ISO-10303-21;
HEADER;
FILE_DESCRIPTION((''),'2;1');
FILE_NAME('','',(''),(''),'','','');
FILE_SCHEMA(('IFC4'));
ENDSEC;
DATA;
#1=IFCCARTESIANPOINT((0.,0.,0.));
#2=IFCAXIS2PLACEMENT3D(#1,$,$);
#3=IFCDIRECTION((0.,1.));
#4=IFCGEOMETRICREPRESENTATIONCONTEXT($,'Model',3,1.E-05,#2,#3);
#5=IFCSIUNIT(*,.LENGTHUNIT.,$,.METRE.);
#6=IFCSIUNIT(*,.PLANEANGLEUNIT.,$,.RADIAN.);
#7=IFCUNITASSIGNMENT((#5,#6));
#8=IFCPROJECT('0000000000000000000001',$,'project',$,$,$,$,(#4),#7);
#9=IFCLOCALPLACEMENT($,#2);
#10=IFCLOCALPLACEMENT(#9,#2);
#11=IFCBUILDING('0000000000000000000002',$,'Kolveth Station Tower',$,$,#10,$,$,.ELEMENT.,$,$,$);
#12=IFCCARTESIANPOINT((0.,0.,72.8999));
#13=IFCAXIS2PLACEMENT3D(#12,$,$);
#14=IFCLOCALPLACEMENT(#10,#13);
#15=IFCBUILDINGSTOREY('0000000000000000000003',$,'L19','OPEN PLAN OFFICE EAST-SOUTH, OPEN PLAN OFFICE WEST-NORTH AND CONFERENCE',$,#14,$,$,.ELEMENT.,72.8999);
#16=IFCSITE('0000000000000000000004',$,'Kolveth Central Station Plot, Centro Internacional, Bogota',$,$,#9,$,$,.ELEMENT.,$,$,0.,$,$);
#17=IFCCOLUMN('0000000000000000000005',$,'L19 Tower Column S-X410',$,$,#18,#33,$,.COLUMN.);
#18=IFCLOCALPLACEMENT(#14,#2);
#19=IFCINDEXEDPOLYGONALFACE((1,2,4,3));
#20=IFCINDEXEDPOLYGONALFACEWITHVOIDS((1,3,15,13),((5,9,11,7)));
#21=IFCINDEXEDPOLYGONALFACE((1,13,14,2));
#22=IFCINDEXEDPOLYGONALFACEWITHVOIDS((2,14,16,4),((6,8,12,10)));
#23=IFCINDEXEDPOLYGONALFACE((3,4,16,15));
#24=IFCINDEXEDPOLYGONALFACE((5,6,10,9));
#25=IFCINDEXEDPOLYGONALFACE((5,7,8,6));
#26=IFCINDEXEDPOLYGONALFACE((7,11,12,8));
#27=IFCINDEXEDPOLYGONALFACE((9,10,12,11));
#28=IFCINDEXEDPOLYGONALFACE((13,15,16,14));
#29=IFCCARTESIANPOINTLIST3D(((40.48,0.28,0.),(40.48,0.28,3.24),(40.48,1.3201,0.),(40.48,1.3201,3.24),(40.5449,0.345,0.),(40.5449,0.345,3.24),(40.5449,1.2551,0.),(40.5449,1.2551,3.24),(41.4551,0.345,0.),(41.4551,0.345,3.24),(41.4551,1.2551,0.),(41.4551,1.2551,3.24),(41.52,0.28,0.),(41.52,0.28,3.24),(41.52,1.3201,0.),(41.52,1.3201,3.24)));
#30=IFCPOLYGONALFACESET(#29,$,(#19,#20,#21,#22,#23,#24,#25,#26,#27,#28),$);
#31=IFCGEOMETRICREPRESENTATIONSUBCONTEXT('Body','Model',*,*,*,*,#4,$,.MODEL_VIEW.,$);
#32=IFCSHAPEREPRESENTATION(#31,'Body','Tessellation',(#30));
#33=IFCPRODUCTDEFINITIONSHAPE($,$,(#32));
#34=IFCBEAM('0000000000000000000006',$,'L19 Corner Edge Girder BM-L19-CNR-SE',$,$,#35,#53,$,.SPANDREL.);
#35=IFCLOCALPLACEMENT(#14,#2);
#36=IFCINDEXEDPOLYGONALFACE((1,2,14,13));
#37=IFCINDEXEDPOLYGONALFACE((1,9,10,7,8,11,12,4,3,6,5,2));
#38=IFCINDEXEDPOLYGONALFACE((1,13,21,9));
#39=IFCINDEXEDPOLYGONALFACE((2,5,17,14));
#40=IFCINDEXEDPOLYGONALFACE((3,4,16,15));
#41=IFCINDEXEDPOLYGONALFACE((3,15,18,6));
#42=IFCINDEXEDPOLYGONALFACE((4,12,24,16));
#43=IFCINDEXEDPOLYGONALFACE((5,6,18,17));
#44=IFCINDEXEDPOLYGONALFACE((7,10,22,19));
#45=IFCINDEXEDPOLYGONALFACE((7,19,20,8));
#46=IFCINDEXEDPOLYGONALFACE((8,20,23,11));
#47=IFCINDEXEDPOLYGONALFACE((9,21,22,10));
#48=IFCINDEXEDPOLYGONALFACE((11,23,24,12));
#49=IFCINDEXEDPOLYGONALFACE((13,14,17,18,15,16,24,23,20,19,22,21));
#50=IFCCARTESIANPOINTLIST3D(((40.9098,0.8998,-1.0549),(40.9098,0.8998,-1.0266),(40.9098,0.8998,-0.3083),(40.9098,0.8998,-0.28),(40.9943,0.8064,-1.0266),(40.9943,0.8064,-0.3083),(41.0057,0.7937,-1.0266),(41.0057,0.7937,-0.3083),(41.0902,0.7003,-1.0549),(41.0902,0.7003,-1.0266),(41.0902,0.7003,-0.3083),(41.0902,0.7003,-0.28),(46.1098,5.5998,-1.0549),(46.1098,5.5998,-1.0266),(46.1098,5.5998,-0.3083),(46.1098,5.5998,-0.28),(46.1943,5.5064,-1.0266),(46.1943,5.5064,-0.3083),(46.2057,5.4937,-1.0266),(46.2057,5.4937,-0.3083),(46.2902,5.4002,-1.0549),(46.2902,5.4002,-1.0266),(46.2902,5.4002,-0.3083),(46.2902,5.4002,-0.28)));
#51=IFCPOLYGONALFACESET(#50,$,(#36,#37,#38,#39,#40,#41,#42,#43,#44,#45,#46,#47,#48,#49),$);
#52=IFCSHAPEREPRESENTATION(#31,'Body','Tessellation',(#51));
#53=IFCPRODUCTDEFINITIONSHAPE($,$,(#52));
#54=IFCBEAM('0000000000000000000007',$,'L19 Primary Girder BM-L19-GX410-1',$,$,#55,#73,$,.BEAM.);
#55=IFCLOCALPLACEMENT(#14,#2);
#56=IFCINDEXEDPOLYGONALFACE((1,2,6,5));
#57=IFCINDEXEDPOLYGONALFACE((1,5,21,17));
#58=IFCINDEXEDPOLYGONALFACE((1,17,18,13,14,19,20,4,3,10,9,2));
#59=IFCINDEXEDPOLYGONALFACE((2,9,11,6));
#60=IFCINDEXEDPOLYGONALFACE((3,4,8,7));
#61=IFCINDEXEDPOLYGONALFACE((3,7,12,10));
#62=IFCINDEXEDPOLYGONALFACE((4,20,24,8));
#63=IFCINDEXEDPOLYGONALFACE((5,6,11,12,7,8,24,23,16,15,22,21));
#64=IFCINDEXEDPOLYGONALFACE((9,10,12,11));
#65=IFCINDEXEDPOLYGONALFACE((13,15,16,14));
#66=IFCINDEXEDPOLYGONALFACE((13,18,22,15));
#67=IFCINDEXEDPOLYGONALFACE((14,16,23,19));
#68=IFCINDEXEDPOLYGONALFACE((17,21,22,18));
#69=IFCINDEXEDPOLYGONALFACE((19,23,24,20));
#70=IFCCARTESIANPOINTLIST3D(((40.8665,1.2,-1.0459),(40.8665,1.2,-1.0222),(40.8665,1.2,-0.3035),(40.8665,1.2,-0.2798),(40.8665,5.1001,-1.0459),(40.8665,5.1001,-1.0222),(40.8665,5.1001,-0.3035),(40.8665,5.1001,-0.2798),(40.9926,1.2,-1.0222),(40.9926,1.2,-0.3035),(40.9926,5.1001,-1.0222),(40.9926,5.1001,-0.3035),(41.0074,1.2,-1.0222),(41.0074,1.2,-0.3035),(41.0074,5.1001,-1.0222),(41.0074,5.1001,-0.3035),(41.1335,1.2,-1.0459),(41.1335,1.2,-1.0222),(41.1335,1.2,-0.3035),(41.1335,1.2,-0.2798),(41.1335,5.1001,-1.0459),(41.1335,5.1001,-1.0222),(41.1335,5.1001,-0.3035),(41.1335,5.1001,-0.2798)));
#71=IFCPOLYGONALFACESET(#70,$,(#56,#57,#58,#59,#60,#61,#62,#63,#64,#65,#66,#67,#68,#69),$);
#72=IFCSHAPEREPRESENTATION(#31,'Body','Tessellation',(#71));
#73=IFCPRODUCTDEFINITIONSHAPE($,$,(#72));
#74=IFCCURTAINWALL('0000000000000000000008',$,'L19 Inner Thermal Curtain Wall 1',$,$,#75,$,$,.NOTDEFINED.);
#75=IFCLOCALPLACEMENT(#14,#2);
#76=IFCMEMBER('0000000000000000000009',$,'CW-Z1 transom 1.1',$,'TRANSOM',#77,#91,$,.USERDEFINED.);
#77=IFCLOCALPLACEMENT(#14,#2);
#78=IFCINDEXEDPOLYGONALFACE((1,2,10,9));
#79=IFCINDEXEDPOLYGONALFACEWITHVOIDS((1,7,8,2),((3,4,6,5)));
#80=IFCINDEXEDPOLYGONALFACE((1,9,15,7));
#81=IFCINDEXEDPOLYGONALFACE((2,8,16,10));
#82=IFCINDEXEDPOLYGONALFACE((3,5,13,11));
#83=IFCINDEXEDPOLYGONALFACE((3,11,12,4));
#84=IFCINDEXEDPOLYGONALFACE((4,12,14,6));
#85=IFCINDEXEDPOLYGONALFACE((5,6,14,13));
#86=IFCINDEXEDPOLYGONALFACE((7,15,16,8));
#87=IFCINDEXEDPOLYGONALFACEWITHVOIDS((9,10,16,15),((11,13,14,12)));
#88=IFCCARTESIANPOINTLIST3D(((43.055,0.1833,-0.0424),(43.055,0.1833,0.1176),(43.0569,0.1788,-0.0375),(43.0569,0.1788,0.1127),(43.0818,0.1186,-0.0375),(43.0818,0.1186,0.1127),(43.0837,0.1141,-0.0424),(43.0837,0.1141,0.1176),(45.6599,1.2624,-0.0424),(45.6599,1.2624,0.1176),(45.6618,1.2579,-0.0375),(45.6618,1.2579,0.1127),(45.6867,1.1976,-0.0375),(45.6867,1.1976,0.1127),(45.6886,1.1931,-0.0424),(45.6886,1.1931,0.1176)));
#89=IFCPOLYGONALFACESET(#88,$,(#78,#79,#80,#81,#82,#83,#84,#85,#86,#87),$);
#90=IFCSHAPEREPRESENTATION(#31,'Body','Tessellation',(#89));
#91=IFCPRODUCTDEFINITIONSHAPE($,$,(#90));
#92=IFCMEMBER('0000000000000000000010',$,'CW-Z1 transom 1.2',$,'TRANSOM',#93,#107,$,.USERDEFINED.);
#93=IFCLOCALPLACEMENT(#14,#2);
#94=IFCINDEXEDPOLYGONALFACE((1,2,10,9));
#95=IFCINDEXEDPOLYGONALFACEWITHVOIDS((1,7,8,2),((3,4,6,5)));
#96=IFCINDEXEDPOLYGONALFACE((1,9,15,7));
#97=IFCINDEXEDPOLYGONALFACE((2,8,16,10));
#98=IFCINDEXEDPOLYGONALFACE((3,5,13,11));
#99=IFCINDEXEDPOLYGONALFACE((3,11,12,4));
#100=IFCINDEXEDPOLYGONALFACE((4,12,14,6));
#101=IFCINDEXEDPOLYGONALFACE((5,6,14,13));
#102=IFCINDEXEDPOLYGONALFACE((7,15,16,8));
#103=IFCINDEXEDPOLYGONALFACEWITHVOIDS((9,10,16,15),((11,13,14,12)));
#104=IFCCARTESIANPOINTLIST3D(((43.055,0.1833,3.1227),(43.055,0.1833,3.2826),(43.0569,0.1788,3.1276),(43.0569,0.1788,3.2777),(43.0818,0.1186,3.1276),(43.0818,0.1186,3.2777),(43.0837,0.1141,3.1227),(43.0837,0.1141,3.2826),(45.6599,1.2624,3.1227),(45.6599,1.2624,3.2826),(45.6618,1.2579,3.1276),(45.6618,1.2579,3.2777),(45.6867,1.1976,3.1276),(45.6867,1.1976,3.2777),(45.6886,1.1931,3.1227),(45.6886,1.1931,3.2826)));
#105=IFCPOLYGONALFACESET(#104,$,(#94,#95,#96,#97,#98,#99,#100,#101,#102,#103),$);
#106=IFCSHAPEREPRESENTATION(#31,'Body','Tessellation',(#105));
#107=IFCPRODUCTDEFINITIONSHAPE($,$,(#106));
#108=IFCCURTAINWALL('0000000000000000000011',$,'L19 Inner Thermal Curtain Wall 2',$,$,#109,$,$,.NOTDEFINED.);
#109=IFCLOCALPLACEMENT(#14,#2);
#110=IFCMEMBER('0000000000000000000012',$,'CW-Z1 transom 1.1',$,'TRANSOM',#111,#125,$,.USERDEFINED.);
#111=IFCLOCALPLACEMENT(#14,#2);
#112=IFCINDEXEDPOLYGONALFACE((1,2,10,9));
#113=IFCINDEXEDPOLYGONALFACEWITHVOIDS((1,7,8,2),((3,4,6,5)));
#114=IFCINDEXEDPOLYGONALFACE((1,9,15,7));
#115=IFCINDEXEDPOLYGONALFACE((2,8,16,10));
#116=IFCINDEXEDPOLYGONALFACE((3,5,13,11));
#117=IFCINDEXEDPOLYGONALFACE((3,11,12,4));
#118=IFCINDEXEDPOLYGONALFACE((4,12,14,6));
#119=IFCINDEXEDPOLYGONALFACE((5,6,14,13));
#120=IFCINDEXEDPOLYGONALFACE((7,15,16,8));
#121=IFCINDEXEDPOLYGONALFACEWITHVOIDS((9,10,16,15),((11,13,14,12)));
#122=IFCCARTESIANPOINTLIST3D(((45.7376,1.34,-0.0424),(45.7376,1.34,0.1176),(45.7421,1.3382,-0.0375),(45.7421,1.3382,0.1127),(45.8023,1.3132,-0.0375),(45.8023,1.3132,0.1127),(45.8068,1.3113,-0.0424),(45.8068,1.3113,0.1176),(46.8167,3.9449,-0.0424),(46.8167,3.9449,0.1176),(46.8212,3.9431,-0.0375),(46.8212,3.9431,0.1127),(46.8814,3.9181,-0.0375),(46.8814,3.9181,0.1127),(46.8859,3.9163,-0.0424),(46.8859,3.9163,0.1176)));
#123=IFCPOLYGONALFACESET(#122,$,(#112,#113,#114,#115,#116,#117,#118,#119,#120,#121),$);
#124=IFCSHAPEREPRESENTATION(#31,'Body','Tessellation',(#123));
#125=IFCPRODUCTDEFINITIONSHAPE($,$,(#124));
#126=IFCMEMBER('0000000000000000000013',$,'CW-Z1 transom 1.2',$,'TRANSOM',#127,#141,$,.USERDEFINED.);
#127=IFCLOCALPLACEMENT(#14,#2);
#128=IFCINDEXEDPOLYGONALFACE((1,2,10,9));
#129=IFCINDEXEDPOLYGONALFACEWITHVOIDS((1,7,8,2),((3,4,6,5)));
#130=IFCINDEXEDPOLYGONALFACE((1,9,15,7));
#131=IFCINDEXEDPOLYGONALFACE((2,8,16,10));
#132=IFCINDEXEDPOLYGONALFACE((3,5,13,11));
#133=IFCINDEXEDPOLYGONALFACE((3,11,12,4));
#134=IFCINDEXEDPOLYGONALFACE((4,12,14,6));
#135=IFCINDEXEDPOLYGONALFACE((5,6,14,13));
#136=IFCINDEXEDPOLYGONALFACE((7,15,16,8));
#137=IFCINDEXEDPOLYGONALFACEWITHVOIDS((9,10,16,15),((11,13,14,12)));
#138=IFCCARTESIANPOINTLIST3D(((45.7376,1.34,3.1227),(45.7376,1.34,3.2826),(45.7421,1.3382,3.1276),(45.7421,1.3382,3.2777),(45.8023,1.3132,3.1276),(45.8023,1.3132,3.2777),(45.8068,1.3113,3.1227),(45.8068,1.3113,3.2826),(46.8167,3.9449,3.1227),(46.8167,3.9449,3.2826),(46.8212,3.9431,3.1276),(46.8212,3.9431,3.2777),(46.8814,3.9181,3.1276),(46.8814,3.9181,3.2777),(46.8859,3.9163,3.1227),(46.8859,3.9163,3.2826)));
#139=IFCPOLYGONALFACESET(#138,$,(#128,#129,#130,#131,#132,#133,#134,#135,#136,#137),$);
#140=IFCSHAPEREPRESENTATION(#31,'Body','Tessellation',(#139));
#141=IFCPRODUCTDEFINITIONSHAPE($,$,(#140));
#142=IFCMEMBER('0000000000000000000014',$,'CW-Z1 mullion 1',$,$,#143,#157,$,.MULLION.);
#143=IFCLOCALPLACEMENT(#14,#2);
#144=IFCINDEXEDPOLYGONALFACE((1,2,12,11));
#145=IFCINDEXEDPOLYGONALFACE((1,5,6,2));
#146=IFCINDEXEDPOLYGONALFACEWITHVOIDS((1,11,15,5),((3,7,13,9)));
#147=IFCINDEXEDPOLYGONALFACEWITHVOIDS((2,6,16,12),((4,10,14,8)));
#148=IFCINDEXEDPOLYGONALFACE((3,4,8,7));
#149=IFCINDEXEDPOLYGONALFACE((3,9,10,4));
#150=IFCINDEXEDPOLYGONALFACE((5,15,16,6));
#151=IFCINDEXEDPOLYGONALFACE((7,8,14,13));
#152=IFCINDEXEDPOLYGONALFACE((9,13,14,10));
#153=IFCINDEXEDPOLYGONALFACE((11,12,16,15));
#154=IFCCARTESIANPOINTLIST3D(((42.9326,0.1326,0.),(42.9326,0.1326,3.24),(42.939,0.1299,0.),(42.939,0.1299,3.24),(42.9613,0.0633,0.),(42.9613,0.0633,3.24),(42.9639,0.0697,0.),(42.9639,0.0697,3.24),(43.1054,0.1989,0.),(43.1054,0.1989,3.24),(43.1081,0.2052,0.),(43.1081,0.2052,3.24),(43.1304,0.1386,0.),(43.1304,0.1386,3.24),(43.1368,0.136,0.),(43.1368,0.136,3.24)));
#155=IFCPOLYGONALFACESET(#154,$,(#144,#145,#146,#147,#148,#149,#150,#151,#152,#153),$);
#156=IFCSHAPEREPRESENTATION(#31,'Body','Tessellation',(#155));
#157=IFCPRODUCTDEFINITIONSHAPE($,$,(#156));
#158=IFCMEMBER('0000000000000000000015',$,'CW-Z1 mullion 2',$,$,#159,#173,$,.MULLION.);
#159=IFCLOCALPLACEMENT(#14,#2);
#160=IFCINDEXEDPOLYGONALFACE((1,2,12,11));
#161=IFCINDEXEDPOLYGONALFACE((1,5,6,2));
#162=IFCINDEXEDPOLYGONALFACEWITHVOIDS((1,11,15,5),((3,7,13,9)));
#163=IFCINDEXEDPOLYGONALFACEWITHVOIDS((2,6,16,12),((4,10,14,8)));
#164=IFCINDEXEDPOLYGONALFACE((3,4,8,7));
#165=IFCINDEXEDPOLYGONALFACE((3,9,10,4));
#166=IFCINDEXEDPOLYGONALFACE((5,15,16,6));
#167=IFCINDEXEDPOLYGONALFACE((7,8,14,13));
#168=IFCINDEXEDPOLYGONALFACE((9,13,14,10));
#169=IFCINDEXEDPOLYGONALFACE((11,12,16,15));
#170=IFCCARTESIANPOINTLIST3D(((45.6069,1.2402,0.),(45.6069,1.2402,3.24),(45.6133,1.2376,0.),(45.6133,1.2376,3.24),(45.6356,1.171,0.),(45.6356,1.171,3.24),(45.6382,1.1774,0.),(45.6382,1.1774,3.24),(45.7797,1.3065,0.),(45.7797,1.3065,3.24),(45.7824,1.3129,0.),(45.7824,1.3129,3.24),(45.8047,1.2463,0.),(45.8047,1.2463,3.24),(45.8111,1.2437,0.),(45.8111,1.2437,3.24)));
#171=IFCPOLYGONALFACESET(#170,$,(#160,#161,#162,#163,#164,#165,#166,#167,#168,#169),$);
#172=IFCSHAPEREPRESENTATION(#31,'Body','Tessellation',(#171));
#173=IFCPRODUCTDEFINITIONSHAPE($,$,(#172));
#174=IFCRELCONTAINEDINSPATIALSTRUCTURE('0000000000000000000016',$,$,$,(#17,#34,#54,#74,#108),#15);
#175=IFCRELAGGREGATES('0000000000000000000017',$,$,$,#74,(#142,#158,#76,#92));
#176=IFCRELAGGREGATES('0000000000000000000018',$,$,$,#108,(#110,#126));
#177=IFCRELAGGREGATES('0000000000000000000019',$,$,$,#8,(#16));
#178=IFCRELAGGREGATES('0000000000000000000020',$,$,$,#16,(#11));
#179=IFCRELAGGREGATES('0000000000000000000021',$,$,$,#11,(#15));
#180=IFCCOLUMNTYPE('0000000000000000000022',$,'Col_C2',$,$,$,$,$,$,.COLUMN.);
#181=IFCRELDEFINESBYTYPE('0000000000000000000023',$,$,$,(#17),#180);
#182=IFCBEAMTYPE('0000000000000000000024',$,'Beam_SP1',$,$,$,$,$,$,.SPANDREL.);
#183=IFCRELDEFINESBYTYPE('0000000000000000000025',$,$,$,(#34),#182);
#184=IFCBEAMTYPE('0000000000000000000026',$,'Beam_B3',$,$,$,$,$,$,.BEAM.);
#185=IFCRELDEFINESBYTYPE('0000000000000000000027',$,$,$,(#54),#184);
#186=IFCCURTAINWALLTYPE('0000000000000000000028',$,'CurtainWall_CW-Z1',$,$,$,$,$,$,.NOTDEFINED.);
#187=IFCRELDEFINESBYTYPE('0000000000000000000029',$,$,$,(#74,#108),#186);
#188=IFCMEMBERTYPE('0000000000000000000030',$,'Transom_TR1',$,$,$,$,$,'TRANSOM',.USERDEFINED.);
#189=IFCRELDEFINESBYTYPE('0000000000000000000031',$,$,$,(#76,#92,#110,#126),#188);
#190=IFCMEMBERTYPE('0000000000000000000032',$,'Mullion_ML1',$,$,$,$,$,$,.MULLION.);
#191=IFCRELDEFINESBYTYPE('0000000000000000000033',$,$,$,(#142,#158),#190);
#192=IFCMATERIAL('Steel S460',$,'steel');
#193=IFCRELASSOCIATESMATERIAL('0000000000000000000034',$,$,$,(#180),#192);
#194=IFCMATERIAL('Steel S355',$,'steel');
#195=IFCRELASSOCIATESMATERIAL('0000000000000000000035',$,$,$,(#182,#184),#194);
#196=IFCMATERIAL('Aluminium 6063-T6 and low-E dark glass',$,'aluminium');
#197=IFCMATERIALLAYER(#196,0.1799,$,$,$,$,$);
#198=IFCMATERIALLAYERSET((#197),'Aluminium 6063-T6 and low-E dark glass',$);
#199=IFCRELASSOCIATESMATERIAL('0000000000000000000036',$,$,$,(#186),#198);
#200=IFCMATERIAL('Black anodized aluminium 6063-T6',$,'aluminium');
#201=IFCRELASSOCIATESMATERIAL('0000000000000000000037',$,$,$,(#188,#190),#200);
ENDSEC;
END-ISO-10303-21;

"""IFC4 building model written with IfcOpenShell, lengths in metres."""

from ifc_helpers import new_model, si_unit, direction, frame, origin, origin_2d, place, context, subcontext, project, spatial, hollow_rectangle, i_section, extrude, source, transform, mapped, material, layer, layer_set, material_profile, profile_set, type_object, element, aggregate, save


model = new_model("IFC4")

# Units and contexts
model_context = context("Model", 3, precision=1e-05, world=origin(), true_north=direction((0.0, 1.0)))
body_context = subcontext(model_context, "Body", "Model", "MODEL_VIEW")
ifc_project = project(units=[si_unit("LENGTHUNIT", "METRE"), si_unit("PLANEANGLEUNIT", "RADIAN")], contexts=[model_context])

# Site, building, storey
site_placement = place(None, origin())
site = spatial("IfcSite", under=ifc_project, at=site_placement, Name="Kolveth Central Station Plot, Centro Internacional, Bogota", CompositionType="ELEMENT", RefElevation=0.0)
building_placement = place(site_placement, origin())
building = spatial("IfcBuilding", under=site, at=building_placement, Name="Kolveth Station Tower", CompositionType="ELEMENT")
storey_placement = place(building_placement, frame((0.0, 0.0, 72.8999)))
storey = spatial("IfcBuildingStorey", under=building, at=storey_placement, Name="L19", Description="OPEN PLAN OFFICE EAST-SOUTH, OPEN PLAN OFFICE WEST-NORTH AND CONFERENCE", CompositionType="ELEMENT", Elevation=72.8999)

# Column
ifc_material_1 = material(Name="Steel S460", Category="steel")
ifc_material_profile_1 = material_profile(ifc_material_1, hollow_rectangle(XDim=1.04, YDim=1.04, WallThickness=0.0649, at=origin_2d()), Name="BOX1040x1040x65")
ifc_profile_set_1 = profile_set([ifc_material_profile_1], Name="Steel S460")
column_type = type_object("IfcColumnType", Name="Col_C2", PredefinedType="COLUMN", material=ifc_profile_set_1)
shared_shape_1 = source(origin(), body_context, "Body", "SweptSolid", [
    extrude(hollow_rectangle(XDim=1.04, YDim=1.04, WallThickness=0.0649, at=origin_2d()), origin(), (0.0, 0.0, 1.0), 3.24),
])
column_placement = place(storey_placement, frame((41.0, 0.8, 0.0), z_axis=(0.0, 0.0, 1.0), x_axis=(1.0, 0.0, 0.0)))
element("IfcColumn", 1, at=column_placement, inside=storey, type_object=column_type, Name="L19 Tower Column S-X410", PredefinedType="COLUMN", context=body_context, shape_type="MappedRepresentation", body=[
    mapped(shared_shape_1, transform((0.0, 0.0, 0.0), x_axis=(1.0, 0.0, 0.0), y_axis=(0.0, 1.0, 0.0), z_axis=(0.0, 0.0, 1.0), scale=1.0)),
])

# Beams
ifc_material_2 = material(Name="Steel S355", Category="steel")
ifc_material_profile_2 = material_profile(ifc_material_2, i_section(OverallWidth=0.269, OverallDepth=0.7749, WebThickness=0.0171, FlangeThickness=0.0283, at=origin_2d()), Name="W760x220")
ifc_profile_set_2 = profile_set([ifc_material_profile_2], Name="Steel S355")
beam_type_1 = type_object("IfcBeamType", Name="Beam_SP1", PredefinedType="SPANDREL", material=ifc_profile_set_2)
shared_shape_2 = source(origin(), body_context, "Body", "SweptSolid", [
    extrude(i_section(OverallWidth=0.269, OverallDepth=0.7749, WebThickness=0.0171, FlangeThickness=0.0283, at=origin_2d()), origin(), (0.0, 0.0, 1.0), 7.0093),
])
beam_1_placement = place(storey_placement, frame((41.0, 0.8, -0.6675), z_axis=(0.741874, 0.670539, 0.0), x_axis=(-0.670539, 0.741874, 0.0)))
element("IfcBeam", 2, at=beam_1_placement, inside=storey, type_object=beam_type_1, Name="L19 Corner Edge Girder BM-L19-CNR-SE", PredefinedType="SPANDREL", context=body_context, shape_type="MappedRepresentation", body=[
    mapped(shared_shape_2, transform((0.0, 0.0, 0.0), x_axis=(1.0, 0.0, 0.0), y_axis=(0.0, 1.0, 0.0), z_axis=(0.0, 0.0, 1.0), scale=1.0)),
])
ifc_material_profile_3 = material_profile(ifc_material_2, i_section(OverallWidth=0.2671, OverallDepth=0.7661, WebThickness=0.0149, FlangeThickness=0.0237, at=origin_2d()), Name="W760x185")
ifc_profile_set_3 = profile_set([ifc_material_profile_3], Name="Steel S355")
beam_type_2 = type_object("IfcBeamType", Name="Beam_B3", PredefinedType="BEAM", material=ifc_profile_set_3)
shared_shape_3 = source(origin(), body_context, "Body", "SweptSolid", [
    extrude(i_section(OverallWidth=0.2671, OverallDepth=0.7661, WebThickness=0.0149, FlangeThickness=0.0237, at=origin_2d()), origin(), (0.0, 0.0, 1.0), 3.9001),
])
beam_2_placement = place(storey_placement, frame((41.0, 1.2, -0.6628), z_axis=(0.0, 1.0, 0.0), x_axis=(-1.0, 0.0, 0.0)))
element("IfcBeam", 3, at=beam_2_placement, inside=storey, type_object=beam_type_2, Name="L19 Primary Girder BM-L19-GX410-1", PredefinedType="BEAM", context=body_context, shape_type="MappedRepresentation", body=[
    mapped(shared_shape_3, transform((0.0, 0.0, 0.0), x_axis=(1.0, 0.0, 0.0), y_axis=(0.0, 1.0, 0.0), z_axis=(0.0, 0.0, 1.0), scale=1.0)),
])

# Curtain walls, members
ifc_material_3 = material(Name="Aluminium 6063-T6 and low-E dark glass", Category="aluminium")
ifc_layer_1 = layer(ifc_material_3, 0.1799)
ifc_layer_set_1 = layer_set([ifc_layer_1], Name="Aluminium 6063-T6 and low-E dark glass")
curtain_wall_type_1 = type_object("IfcCurtainWallType", Name="CurtainWall_CW-Z1", PredefinedType="NOTDEFINED", material=ifc_layer_set_1)
curtain_wall_1_placement = place(storey_placement, origin())
curtain_wall_1 = element("IfcCurtainWall", 4, at=curtain_wall_1_placement, inside=storey, type_object=curtain_wall_type_1, Name="L19 Inner Thermal Curtain Wall 1", PredefinedType="NOTDEFINED")
ifc_material_4 = material(Name="Black anodized aluminium 6063-T6", Category="aluminium")
ifc_material_profile_4 = material_profile(ifc_material_4, hollow_rectangle(XDim=0.075, YDim=0.1599, WallThickness=0.0049, at=origin_2d()), Name="ALU-75x160x5")
ifc_profile_set_4 = profile_set([ifc_material_profile_4], Name="Black anodized aluminium 6063-T6")
member_type_1 = type_object("IfcMemberType", Name="Transom_TR1", ElementType="TRANSOM", PredefinedType="USERDEFINED", material=ifc_profile_set_4)
shared_shape_4 = source(origin(), body_context, "Body", "SweptSolid", [
    extrude(hollow_rectangle(XDim=0.075, YDim=0.1599, WallThickness=0.0049, at=origin_2d()), origin(), (0.0, 0.0, 1.0), 2.8196),
])
member_1_placement = place(storey_placement, frame((43.0693, 0.1487, 0.0376), z_axis=(0.923869, 0.382709, 0.0), x_axis=(-0.382709, 0.923869, 0.0)))
member_1 = element("IfcMember", 5, at=member_1_placement, type_object=member_type_1, Name="CW-Z1 transom 1.1", ObjectType="TRANSOM", PredefinedType="USERDEFINED", context=body_context, shape_type="MappedRepresentation", body=[
    mapped(shared_shape_4, transform((0.0, 0.0, 0.0), x_axis=(1.0, 0.0, 0.0), y_axis=(0.0, 1.0, 0.0), z_axis=(0.0, 0.0, 1.0), scale=1.0)),
])
member_2_placement = place(storey_placement, frame((43.0693, 0.1487, 3.2026), z_axis=(0.923869, 0.382709, 0.0), x_axis=(-0.382709, 0.923869, 0.0)))
member_2 = element("IfcMember", 6, at=member_2_placement, type_object=member_type_1, Name="CW-Z1 transom 1.2", ObjectType="TRANSOM", PredefinedType="USERDEFINED", context=body_context, shape_type="MappedRepresentation", body=[
    mapped(shared_shape_4, transform((0.0, 0.0, 0.0), x_axis=(1.0, 0.0, 0.0), y_axis=(0.0, 1.0, 0.0), z_axis=(0.0, 0.0, 1.0), scale=1.0)),
])
curtain_wall_2_placement = place(storey_placement, origin())
curtain_wall_2 = element("IfcCurtainWall", 7, at=curtain_wall_2_placement, inside=storey, type_object=curtain_wall_type_1, Name="L19 Inner Thermal Curtain Wall 2", PredefinedType="NOTDEFINED")
member_3_placement = place(storey_placement, frame((45.7722, 1.3257, 0.0376), z_axis=(0.382709, 0.923869, 0.0), x_axis=(-0.923869, 0.382709, 0.0)))
member_3 = element("IfcMember", 8, at=member_3_placement, type_object=member_type_1, Name="CW-Z1 transom 1.1", ObjectType="TRANSOM", PredefinedType="USERDEFINED", context=body_context, shape_type="MappedRepresentation", body=[
    mapped(shared_shape_4, transform((0.0, 0.0, 0.0), x_axis=(1.0, 0.0, 0.0), y_axis=(0.0, 1.0, 0.0), z_axis=(0.0, 0.0, 1.0), scale=1.0)),
])
member_4_placement = place(storey_placement, frame((45.7722, 1.3257, 3.2026), z_axis=(0.382709, 0.923869, 0.0), x_axis=(-0.923869, 0.382709, 0.0)))
member_4 = element("IfcMember", 9, at=member_4_placement, type_object=member_type_1, Name="CW-Z1 transom 1.2", ObjectType="TRANSOM", PredefinedType="USERDEFINED", context=body_context, shape_type="MappedRepresentation", body=[
    mapped(shared_shape_4, transform((0.0, 0.0, 0.0), x_axis=(1.0, 0.0, 0.0), y_axis=(0.0, 1.0, 0.0), z_axis=(0.0, 0.0, 1.0), scale=1.0)),
])

# Members
ifc_material_profile_5 = material_profile(ifc_material_4, hollow_rectangle(XDim=0.075, YDim=0.1899, WallThickness=0.0049, at=origin_2d()), Name="ALU-75x190x5")
ifc_profile_set_5 = profile_set([ifc_material_profile_5], Name="Black anodized aluminium 6063-T6")
member_type_2 = type_object("IfcMemberType", Name="Mullion_ML1", PredefinedType="MULLION", material=ifc_profile_set_5)
shared_shape_5 = source(origin(), body_context, "Body", "SweptSolid", [
    extrude(hollow_rectangle(XDim=0.075, YDim=0.1899, WallThickness=0.0049, at=origin_2d()), origin(), (0.0, 0.0, 1.0), 3.24),
])
member_5_placement = place(storey_placement, frame((43.0347, 0.1343, 0.0), z_axis=(0.0, 0.0, 1.0), x_axis=(-0.382673, 0.923884, 0.0)))
member_5 = element("IfcMember", 10, at=member_5_placement, type_object=member_type_2, Name="CW-Z1 mullion 1", PredefinedType="MULLION", context=body_context, shape_type="MappedRepresentation", body=[
    mapped(shared_shape_5, transform((0.0, 0.0, 0.0), x_axis=(1.0, 0.0, 0.0), y_axis=(0.0, 1.0, 0.0), z_axis=(0.0, 0.0, 1.0), scale=1.0)),
])
member_6_placement = place(storey_placement, frame((45.709, 1.2419, 0.0), z_axis=(0.0, 0.0, 1.0), x_axis=(-0.382673, 0.923884, 0.0)))
member_6 = element("IfcMember", 11, at=member_6_placement, type_object=member_type_2, Name="CW-Z1 mullion 2", PredefinedType="MULLION", context=body_context, shape_type="MappedRepresentation", body=[
    mapped(shared_shape_5, transform((0.0, 0.0, 0.0), x_axis=(1.0, 0.0, 0.0), y_axis=(0.0, 1.0, 0.0), z_axis=(0.0, 0.0, 1.0), scale=1.0)),
])

aggregate(curtain_wall_1, [member_5, member_6, member_1, member_2])
aggregate(curtain_wall_2, [member_3, member_4])

save(model, "model.ifc")
